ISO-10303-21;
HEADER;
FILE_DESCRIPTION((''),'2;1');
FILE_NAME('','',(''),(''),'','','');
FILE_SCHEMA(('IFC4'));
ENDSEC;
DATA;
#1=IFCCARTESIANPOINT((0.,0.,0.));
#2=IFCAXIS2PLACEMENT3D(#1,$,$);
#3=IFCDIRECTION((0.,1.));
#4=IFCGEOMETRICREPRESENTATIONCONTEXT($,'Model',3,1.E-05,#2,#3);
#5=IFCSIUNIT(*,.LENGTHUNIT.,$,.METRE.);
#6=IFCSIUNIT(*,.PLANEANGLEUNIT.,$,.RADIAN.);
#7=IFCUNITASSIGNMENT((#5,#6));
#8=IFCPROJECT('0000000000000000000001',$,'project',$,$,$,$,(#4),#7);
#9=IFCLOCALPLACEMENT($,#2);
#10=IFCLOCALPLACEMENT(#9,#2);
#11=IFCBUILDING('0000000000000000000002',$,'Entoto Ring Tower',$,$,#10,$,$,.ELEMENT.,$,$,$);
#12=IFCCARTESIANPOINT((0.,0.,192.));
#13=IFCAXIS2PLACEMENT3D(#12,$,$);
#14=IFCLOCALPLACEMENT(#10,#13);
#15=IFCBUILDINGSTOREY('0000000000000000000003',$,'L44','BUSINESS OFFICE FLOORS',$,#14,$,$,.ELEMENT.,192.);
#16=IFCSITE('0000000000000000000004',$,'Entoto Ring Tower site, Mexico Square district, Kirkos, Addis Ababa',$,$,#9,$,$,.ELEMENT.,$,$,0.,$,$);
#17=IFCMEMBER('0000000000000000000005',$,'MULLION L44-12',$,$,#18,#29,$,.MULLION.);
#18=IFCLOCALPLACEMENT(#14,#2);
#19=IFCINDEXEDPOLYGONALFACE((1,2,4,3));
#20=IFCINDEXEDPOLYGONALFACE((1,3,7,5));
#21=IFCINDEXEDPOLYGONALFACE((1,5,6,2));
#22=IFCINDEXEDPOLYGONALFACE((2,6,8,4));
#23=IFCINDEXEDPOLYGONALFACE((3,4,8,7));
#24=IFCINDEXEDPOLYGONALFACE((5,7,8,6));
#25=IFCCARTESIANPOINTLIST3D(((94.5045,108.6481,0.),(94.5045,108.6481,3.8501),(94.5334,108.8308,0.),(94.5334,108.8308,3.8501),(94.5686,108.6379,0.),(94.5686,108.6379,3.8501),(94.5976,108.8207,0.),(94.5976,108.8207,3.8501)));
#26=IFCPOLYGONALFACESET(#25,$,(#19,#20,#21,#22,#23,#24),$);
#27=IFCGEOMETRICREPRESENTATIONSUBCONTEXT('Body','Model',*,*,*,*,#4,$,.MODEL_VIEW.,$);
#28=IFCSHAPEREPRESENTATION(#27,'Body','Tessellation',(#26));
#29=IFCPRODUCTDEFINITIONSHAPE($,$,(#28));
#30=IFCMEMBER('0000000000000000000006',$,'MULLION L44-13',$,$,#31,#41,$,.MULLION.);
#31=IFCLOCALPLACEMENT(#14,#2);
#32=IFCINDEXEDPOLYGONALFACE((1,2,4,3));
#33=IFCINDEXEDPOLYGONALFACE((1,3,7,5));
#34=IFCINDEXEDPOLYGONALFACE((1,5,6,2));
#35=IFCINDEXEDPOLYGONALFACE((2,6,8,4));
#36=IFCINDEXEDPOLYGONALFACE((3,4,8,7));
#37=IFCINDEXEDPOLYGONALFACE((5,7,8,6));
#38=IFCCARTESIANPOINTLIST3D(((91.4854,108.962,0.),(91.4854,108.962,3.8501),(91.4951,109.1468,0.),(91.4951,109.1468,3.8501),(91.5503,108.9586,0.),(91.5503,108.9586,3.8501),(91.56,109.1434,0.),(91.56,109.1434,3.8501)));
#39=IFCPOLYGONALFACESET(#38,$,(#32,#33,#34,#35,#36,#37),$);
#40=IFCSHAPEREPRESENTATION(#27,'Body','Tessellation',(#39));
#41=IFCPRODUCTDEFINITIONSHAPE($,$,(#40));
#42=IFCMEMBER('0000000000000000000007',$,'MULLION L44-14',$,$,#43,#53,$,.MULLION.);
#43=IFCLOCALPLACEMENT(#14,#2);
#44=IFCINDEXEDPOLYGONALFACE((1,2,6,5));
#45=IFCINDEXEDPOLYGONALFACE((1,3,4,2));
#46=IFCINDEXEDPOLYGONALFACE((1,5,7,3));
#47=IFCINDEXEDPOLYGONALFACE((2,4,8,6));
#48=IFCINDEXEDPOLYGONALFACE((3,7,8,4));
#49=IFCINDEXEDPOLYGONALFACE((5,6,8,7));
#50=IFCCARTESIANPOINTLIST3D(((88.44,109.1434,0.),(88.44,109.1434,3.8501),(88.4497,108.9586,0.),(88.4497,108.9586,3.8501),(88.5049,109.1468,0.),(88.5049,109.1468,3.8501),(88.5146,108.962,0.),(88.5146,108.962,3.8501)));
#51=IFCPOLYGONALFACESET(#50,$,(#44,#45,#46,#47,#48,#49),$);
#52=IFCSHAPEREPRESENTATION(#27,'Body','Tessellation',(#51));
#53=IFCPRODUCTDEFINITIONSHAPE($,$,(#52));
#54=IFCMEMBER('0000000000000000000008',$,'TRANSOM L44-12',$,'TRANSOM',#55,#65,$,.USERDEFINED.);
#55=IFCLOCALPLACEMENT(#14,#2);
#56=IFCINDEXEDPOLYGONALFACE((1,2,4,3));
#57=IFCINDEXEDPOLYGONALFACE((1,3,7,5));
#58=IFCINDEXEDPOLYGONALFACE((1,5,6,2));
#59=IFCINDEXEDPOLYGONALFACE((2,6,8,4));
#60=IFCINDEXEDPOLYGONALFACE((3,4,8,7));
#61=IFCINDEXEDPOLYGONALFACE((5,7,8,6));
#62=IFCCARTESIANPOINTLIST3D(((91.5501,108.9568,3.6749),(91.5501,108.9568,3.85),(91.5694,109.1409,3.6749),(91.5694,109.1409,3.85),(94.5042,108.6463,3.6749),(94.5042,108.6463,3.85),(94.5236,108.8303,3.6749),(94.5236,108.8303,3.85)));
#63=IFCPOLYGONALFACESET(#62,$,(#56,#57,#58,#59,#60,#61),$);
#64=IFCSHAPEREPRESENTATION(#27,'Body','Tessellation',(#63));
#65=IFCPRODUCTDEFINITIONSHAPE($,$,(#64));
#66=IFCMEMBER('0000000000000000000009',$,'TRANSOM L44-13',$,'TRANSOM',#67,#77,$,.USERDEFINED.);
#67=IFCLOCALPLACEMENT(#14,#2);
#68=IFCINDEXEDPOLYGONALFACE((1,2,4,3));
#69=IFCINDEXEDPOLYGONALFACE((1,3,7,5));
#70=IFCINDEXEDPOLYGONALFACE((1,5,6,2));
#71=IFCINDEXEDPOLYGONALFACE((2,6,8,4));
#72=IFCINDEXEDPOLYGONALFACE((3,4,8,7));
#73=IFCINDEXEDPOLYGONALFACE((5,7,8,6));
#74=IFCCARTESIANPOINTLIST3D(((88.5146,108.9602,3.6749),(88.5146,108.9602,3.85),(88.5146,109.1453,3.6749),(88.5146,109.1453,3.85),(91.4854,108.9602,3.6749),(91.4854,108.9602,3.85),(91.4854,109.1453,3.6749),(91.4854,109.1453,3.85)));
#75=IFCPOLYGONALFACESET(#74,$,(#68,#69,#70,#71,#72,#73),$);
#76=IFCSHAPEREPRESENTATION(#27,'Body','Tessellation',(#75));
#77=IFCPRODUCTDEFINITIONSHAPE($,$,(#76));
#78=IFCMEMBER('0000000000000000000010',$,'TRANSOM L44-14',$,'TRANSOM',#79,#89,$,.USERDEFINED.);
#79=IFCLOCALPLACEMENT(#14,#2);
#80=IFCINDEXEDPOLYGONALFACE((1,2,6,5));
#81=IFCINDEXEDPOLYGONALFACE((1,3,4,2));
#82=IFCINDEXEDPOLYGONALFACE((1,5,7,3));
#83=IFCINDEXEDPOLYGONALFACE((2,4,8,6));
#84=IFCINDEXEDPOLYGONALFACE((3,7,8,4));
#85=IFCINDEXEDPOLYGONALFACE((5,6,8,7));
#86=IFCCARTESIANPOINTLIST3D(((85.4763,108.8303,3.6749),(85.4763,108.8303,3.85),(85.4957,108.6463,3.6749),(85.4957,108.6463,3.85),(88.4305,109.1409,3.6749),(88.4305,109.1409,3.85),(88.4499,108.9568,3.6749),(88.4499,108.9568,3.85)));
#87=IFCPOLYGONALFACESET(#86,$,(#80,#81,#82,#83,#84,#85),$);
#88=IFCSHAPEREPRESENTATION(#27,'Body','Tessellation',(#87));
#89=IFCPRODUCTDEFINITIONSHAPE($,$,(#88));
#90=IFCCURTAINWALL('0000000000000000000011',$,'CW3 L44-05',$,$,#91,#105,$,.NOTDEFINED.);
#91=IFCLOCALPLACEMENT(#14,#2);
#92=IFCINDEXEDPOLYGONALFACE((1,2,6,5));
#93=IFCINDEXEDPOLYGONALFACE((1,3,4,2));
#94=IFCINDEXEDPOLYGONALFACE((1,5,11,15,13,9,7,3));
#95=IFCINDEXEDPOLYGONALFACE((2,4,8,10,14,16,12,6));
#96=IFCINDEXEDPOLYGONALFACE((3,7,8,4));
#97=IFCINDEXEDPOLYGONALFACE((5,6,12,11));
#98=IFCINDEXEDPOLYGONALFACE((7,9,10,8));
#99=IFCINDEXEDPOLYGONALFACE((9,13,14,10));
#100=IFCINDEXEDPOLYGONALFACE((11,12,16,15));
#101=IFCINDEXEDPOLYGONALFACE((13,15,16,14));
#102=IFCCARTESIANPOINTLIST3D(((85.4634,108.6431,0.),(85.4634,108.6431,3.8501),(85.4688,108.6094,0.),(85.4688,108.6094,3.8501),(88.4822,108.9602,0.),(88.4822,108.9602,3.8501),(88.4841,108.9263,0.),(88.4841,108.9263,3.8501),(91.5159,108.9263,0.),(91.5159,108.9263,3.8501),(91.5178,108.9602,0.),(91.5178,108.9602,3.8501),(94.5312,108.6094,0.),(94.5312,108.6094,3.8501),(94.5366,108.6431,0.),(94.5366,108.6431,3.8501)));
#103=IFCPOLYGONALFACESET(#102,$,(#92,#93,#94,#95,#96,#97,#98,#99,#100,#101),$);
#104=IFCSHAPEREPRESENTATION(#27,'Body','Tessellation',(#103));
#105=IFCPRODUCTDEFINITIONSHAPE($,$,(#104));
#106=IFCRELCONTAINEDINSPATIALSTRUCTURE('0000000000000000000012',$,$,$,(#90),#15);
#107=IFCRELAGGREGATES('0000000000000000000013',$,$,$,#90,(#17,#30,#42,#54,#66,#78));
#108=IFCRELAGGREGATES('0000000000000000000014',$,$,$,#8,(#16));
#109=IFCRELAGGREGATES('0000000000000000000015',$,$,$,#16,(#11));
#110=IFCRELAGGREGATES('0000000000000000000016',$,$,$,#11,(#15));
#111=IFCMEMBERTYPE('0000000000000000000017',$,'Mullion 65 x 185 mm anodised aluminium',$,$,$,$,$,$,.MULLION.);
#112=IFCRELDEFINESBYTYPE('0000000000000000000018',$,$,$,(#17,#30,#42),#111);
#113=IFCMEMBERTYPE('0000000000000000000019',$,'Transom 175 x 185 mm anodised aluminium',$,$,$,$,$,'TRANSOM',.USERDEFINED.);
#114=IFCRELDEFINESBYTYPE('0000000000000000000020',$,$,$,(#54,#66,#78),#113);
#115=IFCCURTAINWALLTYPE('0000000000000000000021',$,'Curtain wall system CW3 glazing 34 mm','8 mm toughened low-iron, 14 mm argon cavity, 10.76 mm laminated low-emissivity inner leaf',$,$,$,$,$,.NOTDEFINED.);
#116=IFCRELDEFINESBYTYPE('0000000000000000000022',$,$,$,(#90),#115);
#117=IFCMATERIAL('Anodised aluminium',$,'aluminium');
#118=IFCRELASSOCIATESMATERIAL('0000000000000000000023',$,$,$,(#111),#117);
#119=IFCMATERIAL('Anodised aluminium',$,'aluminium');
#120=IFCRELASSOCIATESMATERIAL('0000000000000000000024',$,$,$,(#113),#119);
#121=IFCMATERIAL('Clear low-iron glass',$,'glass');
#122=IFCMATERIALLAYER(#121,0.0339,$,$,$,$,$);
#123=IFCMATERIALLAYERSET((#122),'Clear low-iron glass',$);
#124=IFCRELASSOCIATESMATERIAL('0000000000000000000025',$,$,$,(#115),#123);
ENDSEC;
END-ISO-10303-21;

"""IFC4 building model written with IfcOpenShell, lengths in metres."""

from ifc_helpers import new_model, si_unit, direction, frame, origin, origin_2d, place, context, subcontext, project, spatial, polyline, rectangle, outline, extrude, material, layer, layer_set, material_profile, profile_set, type_object, element, aggregate, save


model = new_model("IFC4")

# Units and contexts
model_context = context("Model", 3, precision=1e-05, world=origin(), true_north=direction((0.0, 1.0)))
body_context = subcontext(model_context, "Body", "Model", "MODEL_VIEW")
ifc_project = project(units=[si_unit("LENGTHUNIT", "METRE"), si_unit("PLANEANGLEUNIT", "RADIAN")], contexts=[model_context])

# Members
ifc_material_1 = material(Name="Anodised aluminium", Category="aluminium")
ifc_material_profile_1 = material_profile(ifc_material_1, rectangle(XDim=0.0649, YDim=0.1851, at=origin_2d()), Name="Mullion 65 x 185 mm anodised aluminium")
ifc_profile_set_1 = profile_set([ifc_material_profile_1], Name="Anodised aluminium")
member_type_1 = type_object("IfcMemberType", Name="Mullion 65 x 185 mm anodised aluminium", PredefinedType="MULLION", material=ifc_profile_set_1)
site_placement = place(None, origin())
building_placement = place(site_placement, origin())
storey_placement = place(building_placement, frame((0.0, 0.0, 192.0)))
member_1_placement = place(storey_placement, frame((94.551, 108.7344, 0.0), z_axis=(0.0, 0.0, 1.0), x_axis=(-0.987688, 0.156434, 0.0)))
member_1 = element("IfcMember", 1, at=member_1_placement, type_object=member_type_1, Name="MULLION L44-12", PredefinedType="MULLION", context=body_context, shape_type="SweptSolid", body=[
    extrude(rectangle(XDim=0.0649, YDim=0.1851, at=origin_2d()), origin(), (0.0, 0.0, 1.0), 3.8501),
])
member_2_placement = place(storey_placement, frame((91.5227, 109.0527, 0.0), z_axis=(0.0, 0.0, 1.0), x_axis=(-0.99863, 0.052336, 0.0)))
member_2 = element("IfcMember", 2, at=member_2_placement, type_object=member_type_1, Name="MULLION L44-13", PredefinedType="MULLION", context=body_context, shape_type="SweptSolid", body=[
    extrude(rectangle(XDim=0.0649, YDim=0.1851, at=origin_2d()), origin(), (0.0, 0.0, 1.0), 3.8501),
])
member_3_placement = place(storey_placement, frame((88.4773, 109.0527, 0.0), z_axis=(0.0, 0.0, 1.0), x_axis=(-0.99863, -0.052336, 0.0)))
member_3 = element("IfcMember", 3, at=member_3_placement, type_object=member_type_1, Name="MULLION L44-14", PredefinedType="MULLION", context=body_context, shape_type="SweptSolid", body=[
    extrude(rectangle(XDim=0.0649, YDim=0.1851, at=origin_2d()), origin(), (0.0, 0.0, 1.0), 3.8501),
])
ifc_material_2 = material(Name="Anodised aluminium", Category="aluminium")
ifc_material_profile_2 = material_profile(ifc_material_2, rectangle(XDim=0.1851, YDim=0.175, at=origin_2d()), Name="Transom 175 x 185 mm anodised aluminium")
ifc_profile_set_2 = profile_set([ifc_material_profile_2], Name="Anodised aluminium")
member_type_2 = type_object("IfcMemberType", Name="Transom 175 x 185 mm anodised aluminium", ElementType="TRANSOM", PredefinedType="USERDEFINED", material=ifc_profile_set_2)
member_4_placement = place(storey_placement, frame((94.5139, 108.7383, 3.7625), z_axis=(-0.99452, 0.104548, 0.0), x_axis=(-0.104548, -0.99452, 0.0)))
member_4 = element("IfcMember", 4, at=member_4_placement, type_object=member_type_2, Name="TRANSOM L44-12", ObjectType="TRANSOM", PredefinedType="USERDEFINED", context=body_context, shape_type="SweptSolid", body=[
    extrude(rectangle(XDim=0.1851, YDim=0.175, at=origin_2d()), origin(), (0.0, 0.0, 1.0), 2.9705),
])
member_5_placement = place(storey_placement, frame((91.4854, 109.0527, 3.7625), z_axis=(-1.0, 0.0, 0.0), x_axis=(0.0, -1.0, 0.0)))
member_5 = element("IfcMember", 5, at=member_5_placement, type_object=member_type_2, Name="TRANSOM L44-13", ObjectType="TRANSOM", PredefinedType="USERDEFINED", context=body_context, shape_type="SweptSolid", body=[
    extrude(rectangle(XDim=0.1851, YDim=0.175, at=origin_2d()), origin(), (0.0, 0.0, 1.0), 2.9707),
])
member_6_placement = place(storey_placement, frame((88.4402, 109.0488, 3.7625), z_axis=(-0.99452, -0.104548, 0.0), x_axis=(0.104548, -0.99452, 0.0)))
member_6 = element("IfcMember", 6, at=member_6_placement, type_object=member_type_2, Name="TRANSOM L44-14", ObjectType="TRANSOM", PredefinedType="USERDEFINED", context=body_context, shape_type="SweptSolid", body=[
    extrude(rectangle(XDim=0.1851, YDim=0.175, at=origin_2d()), origin(), (0.0, 0.0, 1.0), 2.9705),
])

# Site, building, storey
site = spatial("IfcSite", under=ifc_project, at=site_placement, Name="Entoto Ring Tower site, Mexico Square district, Kirkos, Addis Ababa", CompositionType="ELEMENT", RefElevation=0.0)
building = spatial("IfcBuilding", under=site, at=building_placement, Name="Entoto Ring Tower", CompositionType="ELEMENT")
storey = spatial("IfcBuildingStorey", under=building, at=storey_placement, Name="L44", Description="BUSINESS OFFICE FLOORS", CompositionType="ELEMENT", Elevation=192.0)

# Curtain wall
ifc_material_3 = material(Name="Clear low-iron glass", Category="glass")
ifc_layer = layer(ifc_material_3, 0.0339)
ifc_layer_set = layer_set([ifc_layer], Name="Clear low-iron glass")
curtain_wall_type = type_object("IfcCurtainWallType", Name="Curtain wall system CW3 glazing 34 mm", Description="8 mm toughened low-iron, 14 mm argon cavity, 10.76 mm laminated low-emissivity inner leaf", PredefinedType="NOTDEFINED", material=ifc_layer_set)
curtain_wall_1_placement = place(storey_placement, origin())
curtain_wall_1 = element("IfcCurtainWall", 7, at=curtain_wall_1_placement, inside=storey, type_object=curtain_wall_type, Name="CW3 L44-05", PredefinedType="NOTDEFINED", context=body_context, shape_type="SweptSolid", body=[
    extrude(outline(polyline([(94.5366, 108.6431), (91.5178, 108.9602), (88.4822, 108.9602), (85.4634, 108.6431), (85.4688, 108.6094), (88.4841, 108.9263), (91.5159, 108.9263), (94.5312, 108.6094), (94.5366, 108.6431)])), origin(), (0.0, 0.0, 1.0), 3.8501),
])
aggregate(curtain_wall_1, [member_1, member_2, member_3, member_4, member_5, member_6])

save(model, "model.ifc")
